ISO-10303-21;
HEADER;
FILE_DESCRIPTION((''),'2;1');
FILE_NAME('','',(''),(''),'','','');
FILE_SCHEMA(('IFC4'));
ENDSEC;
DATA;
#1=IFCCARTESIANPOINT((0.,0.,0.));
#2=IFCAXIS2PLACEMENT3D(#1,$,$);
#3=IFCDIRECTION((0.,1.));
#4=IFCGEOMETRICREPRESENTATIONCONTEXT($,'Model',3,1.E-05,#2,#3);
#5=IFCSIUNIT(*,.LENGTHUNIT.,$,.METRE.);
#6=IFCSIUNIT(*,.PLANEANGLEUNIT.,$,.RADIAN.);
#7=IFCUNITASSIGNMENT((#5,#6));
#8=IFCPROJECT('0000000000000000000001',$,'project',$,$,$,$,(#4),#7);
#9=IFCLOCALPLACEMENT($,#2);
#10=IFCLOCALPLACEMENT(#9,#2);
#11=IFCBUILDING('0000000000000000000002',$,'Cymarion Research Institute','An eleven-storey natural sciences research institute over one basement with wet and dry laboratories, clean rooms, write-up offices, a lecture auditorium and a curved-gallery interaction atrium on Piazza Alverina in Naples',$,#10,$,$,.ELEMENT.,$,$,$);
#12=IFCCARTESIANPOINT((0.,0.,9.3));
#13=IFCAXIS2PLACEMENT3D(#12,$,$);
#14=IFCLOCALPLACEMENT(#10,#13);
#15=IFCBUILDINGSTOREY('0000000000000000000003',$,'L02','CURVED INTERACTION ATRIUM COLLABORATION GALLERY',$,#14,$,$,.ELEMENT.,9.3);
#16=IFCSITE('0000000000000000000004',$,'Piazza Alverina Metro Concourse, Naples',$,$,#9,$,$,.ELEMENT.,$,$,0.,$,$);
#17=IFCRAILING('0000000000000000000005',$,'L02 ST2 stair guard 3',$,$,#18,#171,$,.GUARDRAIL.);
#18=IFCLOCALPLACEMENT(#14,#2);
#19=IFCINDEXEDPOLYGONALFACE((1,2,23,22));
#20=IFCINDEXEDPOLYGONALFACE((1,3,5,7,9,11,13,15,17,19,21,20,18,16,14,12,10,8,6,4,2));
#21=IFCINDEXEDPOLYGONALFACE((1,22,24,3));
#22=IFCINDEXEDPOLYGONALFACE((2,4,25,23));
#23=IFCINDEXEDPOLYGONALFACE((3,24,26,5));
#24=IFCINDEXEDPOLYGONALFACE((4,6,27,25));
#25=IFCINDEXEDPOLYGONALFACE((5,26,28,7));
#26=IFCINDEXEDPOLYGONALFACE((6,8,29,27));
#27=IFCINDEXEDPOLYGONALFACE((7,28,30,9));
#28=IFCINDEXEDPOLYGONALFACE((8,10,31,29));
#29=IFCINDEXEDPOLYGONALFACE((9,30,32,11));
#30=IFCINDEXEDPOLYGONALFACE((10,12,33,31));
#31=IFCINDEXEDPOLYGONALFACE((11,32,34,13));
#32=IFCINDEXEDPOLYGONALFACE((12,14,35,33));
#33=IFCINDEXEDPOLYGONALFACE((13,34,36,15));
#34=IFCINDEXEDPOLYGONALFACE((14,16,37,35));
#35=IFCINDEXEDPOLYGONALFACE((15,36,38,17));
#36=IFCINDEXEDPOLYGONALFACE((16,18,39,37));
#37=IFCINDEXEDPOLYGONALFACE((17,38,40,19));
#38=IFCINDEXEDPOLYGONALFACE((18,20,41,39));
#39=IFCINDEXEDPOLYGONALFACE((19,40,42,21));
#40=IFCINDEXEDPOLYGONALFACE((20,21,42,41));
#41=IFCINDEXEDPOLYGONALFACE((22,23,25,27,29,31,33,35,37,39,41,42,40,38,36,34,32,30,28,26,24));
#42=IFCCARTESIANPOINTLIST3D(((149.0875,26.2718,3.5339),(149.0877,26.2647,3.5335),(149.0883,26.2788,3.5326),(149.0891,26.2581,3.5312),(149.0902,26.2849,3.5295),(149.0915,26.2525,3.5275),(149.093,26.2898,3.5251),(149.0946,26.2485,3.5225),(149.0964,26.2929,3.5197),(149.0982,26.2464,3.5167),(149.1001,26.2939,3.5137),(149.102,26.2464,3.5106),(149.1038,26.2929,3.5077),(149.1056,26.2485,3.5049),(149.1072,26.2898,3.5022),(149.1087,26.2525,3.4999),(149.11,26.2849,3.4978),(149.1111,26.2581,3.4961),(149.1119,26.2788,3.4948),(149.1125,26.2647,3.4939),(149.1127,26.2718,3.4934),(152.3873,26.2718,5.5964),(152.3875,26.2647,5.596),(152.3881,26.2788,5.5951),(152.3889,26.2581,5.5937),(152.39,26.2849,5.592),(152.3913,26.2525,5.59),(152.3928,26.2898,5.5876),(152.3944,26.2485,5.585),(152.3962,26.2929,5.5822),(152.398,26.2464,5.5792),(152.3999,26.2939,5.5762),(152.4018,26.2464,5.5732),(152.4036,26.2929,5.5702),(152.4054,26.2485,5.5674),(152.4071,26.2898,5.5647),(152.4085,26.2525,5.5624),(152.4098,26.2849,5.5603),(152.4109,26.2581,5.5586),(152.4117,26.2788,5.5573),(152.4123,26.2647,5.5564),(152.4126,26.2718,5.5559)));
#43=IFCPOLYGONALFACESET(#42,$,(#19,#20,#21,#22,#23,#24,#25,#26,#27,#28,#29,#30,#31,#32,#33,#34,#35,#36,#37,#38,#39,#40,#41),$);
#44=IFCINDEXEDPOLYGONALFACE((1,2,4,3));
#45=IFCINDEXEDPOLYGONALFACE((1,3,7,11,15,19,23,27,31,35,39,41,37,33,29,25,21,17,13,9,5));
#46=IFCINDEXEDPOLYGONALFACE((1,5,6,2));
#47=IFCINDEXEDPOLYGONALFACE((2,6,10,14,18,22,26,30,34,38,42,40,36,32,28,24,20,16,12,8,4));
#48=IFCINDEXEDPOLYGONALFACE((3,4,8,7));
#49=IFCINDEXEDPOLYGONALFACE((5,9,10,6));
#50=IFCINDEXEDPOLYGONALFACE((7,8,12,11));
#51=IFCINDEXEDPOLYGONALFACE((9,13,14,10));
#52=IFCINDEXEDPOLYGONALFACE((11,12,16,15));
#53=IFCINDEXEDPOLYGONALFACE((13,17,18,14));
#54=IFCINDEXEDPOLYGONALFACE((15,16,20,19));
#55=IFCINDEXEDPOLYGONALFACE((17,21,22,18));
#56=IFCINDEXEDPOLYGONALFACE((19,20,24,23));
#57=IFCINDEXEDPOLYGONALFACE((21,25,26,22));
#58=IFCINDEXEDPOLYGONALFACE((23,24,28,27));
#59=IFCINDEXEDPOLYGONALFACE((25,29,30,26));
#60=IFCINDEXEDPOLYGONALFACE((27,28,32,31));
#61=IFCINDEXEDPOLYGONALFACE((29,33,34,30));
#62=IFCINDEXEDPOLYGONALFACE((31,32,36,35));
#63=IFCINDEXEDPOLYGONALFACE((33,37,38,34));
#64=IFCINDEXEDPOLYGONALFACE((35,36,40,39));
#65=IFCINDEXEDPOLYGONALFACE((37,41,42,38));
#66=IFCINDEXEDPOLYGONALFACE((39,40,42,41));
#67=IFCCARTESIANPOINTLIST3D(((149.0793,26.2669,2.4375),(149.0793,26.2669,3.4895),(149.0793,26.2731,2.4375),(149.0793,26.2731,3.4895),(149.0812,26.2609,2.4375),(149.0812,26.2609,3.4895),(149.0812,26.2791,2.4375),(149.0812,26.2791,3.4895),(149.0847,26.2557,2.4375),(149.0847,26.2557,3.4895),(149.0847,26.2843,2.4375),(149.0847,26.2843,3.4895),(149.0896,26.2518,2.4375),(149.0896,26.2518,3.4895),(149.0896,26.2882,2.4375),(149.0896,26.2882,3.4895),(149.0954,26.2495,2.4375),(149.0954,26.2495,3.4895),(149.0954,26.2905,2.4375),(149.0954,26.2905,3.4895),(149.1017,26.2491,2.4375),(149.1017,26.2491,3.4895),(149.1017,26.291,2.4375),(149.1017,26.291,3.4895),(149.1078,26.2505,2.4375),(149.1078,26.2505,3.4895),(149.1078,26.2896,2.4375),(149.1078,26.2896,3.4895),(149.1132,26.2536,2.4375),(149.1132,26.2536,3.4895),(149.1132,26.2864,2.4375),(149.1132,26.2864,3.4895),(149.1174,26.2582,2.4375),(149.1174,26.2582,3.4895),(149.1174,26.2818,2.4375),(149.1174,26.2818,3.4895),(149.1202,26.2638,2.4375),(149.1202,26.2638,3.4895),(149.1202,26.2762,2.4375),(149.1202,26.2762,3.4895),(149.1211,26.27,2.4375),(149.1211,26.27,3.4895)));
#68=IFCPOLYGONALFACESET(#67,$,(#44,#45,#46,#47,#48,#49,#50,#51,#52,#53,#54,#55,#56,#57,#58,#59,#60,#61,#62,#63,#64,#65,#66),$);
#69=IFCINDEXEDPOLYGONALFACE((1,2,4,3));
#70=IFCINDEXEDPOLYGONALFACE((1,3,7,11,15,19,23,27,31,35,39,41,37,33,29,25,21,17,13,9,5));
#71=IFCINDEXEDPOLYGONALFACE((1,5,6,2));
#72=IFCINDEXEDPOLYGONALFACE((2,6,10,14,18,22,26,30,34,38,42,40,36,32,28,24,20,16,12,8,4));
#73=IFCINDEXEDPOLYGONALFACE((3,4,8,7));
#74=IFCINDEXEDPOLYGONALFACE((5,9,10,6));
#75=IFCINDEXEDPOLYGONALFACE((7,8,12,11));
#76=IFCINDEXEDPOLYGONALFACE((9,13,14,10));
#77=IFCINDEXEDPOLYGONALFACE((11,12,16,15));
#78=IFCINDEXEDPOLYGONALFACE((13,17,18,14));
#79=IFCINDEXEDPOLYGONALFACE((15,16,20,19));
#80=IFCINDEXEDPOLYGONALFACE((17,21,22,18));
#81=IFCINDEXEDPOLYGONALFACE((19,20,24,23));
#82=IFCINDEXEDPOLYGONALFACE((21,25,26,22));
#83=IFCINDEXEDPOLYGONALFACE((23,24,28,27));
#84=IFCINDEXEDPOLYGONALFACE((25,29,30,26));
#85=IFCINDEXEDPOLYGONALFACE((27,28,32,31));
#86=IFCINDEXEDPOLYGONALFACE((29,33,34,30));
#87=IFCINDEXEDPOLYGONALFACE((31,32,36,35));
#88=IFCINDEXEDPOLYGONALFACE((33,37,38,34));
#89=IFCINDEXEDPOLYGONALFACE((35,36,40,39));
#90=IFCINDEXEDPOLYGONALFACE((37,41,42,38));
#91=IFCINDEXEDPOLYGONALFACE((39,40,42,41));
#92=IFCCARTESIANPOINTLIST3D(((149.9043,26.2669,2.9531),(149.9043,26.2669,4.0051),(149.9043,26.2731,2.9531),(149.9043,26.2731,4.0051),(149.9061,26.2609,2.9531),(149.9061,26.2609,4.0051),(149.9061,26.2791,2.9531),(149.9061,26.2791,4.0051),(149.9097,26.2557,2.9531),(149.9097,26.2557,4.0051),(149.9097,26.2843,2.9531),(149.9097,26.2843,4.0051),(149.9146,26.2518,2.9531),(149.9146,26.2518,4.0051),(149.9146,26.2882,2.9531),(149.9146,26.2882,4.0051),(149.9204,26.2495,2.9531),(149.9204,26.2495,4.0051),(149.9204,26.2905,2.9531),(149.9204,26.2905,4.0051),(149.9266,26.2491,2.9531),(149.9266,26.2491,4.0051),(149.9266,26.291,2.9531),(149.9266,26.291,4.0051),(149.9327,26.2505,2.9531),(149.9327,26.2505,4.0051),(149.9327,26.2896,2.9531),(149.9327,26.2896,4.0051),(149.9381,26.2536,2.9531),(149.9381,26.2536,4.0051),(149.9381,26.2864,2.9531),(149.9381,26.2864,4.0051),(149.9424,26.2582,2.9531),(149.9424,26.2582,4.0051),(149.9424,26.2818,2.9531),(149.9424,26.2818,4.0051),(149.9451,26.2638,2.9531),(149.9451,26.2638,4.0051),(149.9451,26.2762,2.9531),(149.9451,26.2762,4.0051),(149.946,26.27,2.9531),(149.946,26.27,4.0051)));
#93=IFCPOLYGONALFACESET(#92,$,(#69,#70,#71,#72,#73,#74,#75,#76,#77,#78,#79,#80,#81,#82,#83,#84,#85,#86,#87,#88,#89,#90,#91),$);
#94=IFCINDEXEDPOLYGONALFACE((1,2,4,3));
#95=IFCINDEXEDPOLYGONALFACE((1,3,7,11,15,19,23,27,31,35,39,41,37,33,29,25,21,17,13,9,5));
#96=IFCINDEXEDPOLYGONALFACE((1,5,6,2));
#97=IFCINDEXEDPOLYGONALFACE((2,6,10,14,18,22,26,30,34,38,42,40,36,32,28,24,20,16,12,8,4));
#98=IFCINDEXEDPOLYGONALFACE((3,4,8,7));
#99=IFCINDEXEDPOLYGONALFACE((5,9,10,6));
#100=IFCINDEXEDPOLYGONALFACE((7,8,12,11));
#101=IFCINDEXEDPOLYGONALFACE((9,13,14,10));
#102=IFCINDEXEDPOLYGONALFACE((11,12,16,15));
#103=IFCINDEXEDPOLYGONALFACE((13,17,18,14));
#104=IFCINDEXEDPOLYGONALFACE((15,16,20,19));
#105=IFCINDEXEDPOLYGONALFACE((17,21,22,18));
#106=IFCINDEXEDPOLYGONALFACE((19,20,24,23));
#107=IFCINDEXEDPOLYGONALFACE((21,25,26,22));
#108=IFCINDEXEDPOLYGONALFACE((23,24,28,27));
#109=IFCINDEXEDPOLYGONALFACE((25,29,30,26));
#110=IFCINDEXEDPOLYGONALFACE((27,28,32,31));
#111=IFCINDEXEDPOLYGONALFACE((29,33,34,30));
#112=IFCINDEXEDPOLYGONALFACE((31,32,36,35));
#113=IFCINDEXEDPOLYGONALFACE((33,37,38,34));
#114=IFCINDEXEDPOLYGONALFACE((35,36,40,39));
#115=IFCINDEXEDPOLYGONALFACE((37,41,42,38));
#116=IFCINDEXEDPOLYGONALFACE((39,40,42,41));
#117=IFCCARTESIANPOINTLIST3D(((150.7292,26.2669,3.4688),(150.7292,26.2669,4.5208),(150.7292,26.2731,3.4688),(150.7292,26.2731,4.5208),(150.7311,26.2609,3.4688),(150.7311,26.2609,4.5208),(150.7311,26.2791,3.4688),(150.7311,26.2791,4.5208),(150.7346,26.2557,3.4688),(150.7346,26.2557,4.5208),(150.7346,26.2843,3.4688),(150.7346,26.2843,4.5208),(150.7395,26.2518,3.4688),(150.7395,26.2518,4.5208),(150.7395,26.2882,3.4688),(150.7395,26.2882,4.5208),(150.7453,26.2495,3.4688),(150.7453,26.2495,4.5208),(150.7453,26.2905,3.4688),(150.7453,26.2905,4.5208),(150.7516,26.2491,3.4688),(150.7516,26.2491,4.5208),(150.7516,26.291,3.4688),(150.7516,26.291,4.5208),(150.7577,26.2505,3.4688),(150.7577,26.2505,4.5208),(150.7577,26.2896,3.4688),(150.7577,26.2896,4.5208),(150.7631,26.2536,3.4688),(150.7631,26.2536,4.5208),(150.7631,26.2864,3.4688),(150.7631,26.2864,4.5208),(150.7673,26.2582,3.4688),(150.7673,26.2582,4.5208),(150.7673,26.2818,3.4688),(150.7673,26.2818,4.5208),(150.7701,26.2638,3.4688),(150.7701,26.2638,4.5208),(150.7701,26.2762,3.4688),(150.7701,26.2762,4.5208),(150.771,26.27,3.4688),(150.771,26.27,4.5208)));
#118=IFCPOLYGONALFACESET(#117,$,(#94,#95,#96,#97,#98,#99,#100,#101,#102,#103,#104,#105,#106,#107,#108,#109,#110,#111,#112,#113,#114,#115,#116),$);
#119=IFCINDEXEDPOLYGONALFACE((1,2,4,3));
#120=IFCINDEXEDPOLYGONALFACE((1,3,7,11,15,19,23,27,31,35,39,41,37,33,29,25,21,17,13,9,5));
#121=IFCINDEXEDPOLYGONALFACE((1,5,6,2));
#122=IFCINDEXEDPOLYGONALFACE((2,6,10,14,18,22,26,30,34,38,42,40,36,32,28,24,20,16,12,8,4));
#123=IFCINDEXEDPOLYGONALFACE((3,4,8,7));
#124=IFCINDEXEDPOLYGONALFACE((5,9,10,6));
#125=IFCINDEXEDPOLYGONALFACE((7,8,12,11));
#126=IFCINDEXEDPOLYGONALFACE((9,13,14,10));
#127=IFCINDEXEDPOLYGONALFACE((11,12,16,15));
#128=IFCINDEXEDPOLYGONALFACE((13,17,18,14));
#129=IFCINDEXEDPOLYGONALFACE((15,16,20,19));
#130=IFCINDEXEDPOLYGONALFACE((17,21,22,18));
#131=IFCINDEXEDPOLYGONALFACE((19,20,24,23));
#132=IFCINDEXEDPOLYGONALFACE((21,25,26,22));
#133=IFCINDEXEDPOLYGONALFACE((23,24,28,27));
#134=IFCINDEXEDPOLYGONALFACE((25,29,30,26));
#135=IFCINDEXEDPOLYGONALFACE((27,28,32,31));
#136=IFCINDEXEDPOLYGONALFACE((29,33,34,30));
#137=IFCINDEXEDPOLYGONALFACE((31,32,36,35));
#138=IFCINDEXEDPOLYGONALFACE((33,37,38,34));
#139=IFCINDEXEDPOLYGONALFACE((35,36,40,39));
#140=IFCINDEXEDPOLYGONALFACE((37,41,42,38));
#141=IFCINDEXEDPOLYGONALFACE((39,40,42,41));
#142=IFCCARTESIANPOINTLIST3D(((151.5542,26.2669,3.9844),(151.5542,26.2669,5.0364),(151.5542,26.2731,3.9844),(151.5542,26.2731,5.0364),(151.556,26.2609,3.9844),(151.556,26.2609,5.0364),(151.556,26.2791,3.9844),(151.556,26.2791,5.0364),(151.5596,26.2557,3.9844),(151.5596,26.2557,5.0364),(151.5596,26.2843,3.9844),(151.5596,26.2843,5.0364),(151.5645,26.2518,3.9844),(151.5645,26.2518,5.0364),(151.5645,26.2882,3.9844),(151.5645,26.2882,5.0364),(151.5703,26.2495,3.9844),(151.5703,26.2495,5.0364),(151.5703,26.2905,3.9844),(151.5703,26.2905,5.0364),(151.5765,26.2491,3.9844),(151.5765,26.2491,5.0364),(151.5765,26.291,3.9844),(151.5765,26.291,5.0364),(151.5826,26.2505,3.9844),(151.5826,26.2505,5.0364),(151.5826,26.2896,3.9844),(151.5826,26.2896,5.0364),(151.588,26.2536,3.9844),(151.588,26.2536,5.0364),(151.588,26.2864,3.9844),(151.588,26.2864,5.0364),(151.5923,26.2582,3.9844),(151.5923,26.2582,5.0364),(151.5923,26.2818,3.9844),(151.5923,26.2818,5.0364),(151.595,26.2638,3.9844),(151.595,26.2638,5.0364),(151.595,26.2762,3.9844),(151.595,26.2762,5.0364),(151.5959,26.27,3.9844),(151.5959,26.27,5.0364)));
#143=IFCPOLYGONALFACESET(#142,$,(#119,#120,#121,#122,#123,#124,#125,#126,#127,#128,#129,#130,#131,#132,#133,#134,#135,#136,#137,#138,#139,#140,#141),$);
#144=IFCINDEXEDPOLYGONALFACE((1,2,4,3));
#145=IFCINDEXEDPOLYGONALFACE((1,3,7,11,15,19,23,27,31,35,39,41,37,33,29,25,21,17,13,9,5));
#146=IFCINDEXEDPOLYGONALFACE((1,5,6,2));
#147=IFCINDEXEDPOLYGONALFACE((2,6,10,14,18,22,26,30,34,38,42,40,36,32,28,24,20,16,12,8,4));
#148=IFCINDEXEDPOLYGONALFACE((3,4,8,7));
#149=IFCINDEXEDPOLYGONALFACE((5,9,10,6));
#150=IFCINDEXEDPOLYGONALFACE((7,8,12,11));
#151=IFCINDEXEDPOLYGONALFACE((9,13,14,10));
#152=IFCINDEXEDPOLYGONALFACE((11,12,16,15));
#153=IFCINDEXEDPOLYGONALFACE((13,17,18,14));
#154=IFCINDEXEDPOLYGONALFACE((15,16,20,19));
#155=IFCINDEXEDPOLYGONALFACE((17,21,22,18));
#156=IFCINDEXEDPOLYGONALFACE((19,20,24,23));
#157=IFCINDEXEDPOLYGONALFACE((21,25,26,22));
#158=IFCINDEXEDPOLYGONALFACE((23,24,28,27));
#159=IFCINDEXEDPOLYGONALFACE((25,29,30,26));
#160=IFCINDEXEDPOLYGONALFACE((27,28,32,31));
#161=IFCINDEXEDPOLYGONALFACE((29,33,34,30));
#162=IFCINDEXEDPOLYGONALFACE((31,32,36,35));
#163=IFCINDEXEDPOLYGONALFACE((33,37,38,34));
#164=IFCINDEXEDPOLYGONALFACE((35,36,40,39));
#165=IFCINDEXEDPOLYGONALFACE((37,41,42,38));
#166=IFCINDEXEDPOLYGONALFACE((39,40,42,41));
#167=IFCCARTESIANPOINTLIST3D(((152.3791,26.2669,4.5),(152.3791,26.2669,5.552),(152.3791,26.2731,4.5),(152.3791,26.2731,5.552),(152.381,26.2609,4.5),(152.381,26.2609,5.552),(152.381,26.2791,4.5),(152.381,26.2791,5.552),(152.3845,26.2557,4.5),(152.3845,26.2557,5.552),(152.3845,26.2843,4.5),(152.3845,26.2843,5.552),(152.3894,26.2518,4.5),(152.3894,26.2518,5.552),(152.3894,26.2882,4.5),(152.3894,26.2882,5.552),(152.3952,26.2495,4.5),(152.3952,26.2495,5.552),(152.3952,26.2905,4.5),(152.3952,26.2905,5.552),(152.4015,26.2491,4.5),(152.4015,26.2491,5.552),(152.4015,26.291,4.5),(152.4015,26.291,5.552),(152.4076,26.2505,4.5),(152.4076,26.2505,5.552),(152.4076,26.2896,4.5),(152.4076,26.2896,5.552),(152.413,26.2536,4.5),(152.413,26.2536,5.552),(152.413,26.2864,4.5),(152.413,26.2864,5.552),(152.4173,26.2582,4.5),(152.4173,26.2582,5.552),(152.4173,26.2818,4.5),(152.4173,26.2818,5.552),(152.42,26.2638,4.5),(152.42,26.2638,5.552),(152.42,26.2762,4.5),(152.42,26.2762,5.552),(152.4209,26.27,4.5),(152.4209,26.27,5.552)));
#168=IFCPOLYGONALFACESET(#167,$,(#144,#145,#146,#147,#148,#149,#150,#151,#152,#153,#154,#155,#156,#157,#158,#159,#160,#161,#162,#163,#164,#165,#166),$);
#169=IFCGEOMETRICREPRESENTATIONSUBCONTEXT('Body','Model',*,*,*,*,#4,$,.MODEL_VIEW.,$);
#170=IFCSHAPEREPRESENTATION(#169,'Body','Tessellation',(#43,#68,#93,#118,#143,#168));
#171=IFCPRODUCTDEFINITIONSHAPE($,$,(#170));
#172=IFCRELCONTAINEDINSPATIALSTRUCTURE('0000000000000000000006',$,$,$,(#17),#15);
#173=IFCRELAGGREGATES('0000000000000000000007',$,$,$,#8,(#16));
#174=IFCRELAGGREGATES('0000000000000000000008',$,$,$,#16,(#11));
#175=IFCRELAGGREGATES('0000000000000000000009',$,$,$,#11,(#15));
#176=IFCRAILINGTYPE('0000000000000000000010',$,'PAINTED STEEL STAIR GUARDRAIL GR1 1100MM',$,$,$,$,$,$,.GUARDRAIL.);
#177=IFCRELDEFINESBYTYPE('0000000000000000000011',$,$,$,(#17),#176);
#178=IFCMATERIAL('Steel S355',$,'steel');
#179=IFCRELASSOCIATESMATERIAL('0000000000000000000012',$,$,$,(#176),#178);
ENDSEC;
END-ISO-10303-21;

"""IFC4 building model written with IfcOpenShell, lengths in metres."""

from ifc_helpers import new_model, si_unit, direction, frame, origin, origin_2d, place, context, subcontext, project, spatial, circle, extrude, material, type_object, element, save


model = new_model("IFC4")

# Units and contexts
model_context = context("Model", 3, precision=1e-05, world=origin(), true_north=direction((0.0, 1.0)))
body_context = subcontext(model_context, "Body", "Model", "MODEL_VIEW")
ifc_project = project(units=[si_unit("LENGTHUNIT", "METRE"), si_unit("PLANEANGLEUNIT", "RADIAN")], contexts=[model_context])

# Site, building, storey
site_placement = place(None, origin())
site = spatial("IfcSite", under=ifc_project, at=site_placement, Name="Piazza Alverina Metro Concourse, Naples", CompositionType="ELEMENT", RefElevation=0.0)
building_placement = place(site_placement, origin())
building = spatial("IfcBuilding", under=site, at=building_placement, Name="Cymarion Research Institute", Description="An eleven-storey natural sciences research institute over one basement with wet and dry laboratories, clean rooms, write-up offices, a lecture auditorium and a curved-gallery interaction atrium on Piazza Alverina in Naples", CompositionType="ELEMENT")
storey_placement = place(building_placement, frame((0.0, 0.0, 9.3)))
storey = spatial("IfcBuildingStorey", under=building, at=storey_placement, Name="L02", Description="CURVED INTERACTION ATRIUM COLLABORATION GALLERY", CompositionType="ELEMENT", Elevation=9.3)

# Shared definitions
ifc_material_1 = material(Name="Steel S355", Category="steel")

# Railing
railing_type_1 = type_object("IfcRailingType", Name="PAINTED STEEL STAIR GUARDRAIL GR1 1100MM", PredefinedType="GUARDRAIL", material=ifc_material_1)
railing_1_placement = place(storey_placement, frame((149.1001, 26.27, 2.4375)))
element("IfcRailing", 1, at=railing_1_placement, inside=storey, type_object=railing_type_1, Name="L02 ST2 stair guard 3", PredefinedType="GUARDRAIL", context=body_context, shape_type="SweptSolid", body=[
    extrude(circle(Radius=0.0239, at=origin_2d()), frame((0.0, 0.0, 1.0762), z_axis=(0.847984, 0.0, 0.530021), x_axis=(0.0, 1.0, 0.0)), (0.0, 0.0, 1.0), 3.8914),
    extrude(circle(Radius=0.021, at=origin_2d()), origin(), (0.0, 0.0, 1.0), 1.052),
    extrude(circle(Radius=0.021, at=origin_2d()), frame((0.825, 0.0, 0.5156)), (0.0, 0.0, 1.0), 1.052),
    extrude(circle(Radius=0.021, at=origin_2d()), frame((1.6499, 0.0, 1.0312)), (0.0, 0.0, 1.0), 1.052),
    extrude(circle(Radius=0.021, at=origin_2d()), frame((2.4749, 0.0, 1.5469)), (0.0, 0.0, 1.0), 1.052),
    extrude(circle(Radius=0.021, at=origin_2d()), frame((3.2998, 0.0, 2.0625)), (0.0, 0.0, 1.0), 1.052),
])

save(model, "model.ifc")
